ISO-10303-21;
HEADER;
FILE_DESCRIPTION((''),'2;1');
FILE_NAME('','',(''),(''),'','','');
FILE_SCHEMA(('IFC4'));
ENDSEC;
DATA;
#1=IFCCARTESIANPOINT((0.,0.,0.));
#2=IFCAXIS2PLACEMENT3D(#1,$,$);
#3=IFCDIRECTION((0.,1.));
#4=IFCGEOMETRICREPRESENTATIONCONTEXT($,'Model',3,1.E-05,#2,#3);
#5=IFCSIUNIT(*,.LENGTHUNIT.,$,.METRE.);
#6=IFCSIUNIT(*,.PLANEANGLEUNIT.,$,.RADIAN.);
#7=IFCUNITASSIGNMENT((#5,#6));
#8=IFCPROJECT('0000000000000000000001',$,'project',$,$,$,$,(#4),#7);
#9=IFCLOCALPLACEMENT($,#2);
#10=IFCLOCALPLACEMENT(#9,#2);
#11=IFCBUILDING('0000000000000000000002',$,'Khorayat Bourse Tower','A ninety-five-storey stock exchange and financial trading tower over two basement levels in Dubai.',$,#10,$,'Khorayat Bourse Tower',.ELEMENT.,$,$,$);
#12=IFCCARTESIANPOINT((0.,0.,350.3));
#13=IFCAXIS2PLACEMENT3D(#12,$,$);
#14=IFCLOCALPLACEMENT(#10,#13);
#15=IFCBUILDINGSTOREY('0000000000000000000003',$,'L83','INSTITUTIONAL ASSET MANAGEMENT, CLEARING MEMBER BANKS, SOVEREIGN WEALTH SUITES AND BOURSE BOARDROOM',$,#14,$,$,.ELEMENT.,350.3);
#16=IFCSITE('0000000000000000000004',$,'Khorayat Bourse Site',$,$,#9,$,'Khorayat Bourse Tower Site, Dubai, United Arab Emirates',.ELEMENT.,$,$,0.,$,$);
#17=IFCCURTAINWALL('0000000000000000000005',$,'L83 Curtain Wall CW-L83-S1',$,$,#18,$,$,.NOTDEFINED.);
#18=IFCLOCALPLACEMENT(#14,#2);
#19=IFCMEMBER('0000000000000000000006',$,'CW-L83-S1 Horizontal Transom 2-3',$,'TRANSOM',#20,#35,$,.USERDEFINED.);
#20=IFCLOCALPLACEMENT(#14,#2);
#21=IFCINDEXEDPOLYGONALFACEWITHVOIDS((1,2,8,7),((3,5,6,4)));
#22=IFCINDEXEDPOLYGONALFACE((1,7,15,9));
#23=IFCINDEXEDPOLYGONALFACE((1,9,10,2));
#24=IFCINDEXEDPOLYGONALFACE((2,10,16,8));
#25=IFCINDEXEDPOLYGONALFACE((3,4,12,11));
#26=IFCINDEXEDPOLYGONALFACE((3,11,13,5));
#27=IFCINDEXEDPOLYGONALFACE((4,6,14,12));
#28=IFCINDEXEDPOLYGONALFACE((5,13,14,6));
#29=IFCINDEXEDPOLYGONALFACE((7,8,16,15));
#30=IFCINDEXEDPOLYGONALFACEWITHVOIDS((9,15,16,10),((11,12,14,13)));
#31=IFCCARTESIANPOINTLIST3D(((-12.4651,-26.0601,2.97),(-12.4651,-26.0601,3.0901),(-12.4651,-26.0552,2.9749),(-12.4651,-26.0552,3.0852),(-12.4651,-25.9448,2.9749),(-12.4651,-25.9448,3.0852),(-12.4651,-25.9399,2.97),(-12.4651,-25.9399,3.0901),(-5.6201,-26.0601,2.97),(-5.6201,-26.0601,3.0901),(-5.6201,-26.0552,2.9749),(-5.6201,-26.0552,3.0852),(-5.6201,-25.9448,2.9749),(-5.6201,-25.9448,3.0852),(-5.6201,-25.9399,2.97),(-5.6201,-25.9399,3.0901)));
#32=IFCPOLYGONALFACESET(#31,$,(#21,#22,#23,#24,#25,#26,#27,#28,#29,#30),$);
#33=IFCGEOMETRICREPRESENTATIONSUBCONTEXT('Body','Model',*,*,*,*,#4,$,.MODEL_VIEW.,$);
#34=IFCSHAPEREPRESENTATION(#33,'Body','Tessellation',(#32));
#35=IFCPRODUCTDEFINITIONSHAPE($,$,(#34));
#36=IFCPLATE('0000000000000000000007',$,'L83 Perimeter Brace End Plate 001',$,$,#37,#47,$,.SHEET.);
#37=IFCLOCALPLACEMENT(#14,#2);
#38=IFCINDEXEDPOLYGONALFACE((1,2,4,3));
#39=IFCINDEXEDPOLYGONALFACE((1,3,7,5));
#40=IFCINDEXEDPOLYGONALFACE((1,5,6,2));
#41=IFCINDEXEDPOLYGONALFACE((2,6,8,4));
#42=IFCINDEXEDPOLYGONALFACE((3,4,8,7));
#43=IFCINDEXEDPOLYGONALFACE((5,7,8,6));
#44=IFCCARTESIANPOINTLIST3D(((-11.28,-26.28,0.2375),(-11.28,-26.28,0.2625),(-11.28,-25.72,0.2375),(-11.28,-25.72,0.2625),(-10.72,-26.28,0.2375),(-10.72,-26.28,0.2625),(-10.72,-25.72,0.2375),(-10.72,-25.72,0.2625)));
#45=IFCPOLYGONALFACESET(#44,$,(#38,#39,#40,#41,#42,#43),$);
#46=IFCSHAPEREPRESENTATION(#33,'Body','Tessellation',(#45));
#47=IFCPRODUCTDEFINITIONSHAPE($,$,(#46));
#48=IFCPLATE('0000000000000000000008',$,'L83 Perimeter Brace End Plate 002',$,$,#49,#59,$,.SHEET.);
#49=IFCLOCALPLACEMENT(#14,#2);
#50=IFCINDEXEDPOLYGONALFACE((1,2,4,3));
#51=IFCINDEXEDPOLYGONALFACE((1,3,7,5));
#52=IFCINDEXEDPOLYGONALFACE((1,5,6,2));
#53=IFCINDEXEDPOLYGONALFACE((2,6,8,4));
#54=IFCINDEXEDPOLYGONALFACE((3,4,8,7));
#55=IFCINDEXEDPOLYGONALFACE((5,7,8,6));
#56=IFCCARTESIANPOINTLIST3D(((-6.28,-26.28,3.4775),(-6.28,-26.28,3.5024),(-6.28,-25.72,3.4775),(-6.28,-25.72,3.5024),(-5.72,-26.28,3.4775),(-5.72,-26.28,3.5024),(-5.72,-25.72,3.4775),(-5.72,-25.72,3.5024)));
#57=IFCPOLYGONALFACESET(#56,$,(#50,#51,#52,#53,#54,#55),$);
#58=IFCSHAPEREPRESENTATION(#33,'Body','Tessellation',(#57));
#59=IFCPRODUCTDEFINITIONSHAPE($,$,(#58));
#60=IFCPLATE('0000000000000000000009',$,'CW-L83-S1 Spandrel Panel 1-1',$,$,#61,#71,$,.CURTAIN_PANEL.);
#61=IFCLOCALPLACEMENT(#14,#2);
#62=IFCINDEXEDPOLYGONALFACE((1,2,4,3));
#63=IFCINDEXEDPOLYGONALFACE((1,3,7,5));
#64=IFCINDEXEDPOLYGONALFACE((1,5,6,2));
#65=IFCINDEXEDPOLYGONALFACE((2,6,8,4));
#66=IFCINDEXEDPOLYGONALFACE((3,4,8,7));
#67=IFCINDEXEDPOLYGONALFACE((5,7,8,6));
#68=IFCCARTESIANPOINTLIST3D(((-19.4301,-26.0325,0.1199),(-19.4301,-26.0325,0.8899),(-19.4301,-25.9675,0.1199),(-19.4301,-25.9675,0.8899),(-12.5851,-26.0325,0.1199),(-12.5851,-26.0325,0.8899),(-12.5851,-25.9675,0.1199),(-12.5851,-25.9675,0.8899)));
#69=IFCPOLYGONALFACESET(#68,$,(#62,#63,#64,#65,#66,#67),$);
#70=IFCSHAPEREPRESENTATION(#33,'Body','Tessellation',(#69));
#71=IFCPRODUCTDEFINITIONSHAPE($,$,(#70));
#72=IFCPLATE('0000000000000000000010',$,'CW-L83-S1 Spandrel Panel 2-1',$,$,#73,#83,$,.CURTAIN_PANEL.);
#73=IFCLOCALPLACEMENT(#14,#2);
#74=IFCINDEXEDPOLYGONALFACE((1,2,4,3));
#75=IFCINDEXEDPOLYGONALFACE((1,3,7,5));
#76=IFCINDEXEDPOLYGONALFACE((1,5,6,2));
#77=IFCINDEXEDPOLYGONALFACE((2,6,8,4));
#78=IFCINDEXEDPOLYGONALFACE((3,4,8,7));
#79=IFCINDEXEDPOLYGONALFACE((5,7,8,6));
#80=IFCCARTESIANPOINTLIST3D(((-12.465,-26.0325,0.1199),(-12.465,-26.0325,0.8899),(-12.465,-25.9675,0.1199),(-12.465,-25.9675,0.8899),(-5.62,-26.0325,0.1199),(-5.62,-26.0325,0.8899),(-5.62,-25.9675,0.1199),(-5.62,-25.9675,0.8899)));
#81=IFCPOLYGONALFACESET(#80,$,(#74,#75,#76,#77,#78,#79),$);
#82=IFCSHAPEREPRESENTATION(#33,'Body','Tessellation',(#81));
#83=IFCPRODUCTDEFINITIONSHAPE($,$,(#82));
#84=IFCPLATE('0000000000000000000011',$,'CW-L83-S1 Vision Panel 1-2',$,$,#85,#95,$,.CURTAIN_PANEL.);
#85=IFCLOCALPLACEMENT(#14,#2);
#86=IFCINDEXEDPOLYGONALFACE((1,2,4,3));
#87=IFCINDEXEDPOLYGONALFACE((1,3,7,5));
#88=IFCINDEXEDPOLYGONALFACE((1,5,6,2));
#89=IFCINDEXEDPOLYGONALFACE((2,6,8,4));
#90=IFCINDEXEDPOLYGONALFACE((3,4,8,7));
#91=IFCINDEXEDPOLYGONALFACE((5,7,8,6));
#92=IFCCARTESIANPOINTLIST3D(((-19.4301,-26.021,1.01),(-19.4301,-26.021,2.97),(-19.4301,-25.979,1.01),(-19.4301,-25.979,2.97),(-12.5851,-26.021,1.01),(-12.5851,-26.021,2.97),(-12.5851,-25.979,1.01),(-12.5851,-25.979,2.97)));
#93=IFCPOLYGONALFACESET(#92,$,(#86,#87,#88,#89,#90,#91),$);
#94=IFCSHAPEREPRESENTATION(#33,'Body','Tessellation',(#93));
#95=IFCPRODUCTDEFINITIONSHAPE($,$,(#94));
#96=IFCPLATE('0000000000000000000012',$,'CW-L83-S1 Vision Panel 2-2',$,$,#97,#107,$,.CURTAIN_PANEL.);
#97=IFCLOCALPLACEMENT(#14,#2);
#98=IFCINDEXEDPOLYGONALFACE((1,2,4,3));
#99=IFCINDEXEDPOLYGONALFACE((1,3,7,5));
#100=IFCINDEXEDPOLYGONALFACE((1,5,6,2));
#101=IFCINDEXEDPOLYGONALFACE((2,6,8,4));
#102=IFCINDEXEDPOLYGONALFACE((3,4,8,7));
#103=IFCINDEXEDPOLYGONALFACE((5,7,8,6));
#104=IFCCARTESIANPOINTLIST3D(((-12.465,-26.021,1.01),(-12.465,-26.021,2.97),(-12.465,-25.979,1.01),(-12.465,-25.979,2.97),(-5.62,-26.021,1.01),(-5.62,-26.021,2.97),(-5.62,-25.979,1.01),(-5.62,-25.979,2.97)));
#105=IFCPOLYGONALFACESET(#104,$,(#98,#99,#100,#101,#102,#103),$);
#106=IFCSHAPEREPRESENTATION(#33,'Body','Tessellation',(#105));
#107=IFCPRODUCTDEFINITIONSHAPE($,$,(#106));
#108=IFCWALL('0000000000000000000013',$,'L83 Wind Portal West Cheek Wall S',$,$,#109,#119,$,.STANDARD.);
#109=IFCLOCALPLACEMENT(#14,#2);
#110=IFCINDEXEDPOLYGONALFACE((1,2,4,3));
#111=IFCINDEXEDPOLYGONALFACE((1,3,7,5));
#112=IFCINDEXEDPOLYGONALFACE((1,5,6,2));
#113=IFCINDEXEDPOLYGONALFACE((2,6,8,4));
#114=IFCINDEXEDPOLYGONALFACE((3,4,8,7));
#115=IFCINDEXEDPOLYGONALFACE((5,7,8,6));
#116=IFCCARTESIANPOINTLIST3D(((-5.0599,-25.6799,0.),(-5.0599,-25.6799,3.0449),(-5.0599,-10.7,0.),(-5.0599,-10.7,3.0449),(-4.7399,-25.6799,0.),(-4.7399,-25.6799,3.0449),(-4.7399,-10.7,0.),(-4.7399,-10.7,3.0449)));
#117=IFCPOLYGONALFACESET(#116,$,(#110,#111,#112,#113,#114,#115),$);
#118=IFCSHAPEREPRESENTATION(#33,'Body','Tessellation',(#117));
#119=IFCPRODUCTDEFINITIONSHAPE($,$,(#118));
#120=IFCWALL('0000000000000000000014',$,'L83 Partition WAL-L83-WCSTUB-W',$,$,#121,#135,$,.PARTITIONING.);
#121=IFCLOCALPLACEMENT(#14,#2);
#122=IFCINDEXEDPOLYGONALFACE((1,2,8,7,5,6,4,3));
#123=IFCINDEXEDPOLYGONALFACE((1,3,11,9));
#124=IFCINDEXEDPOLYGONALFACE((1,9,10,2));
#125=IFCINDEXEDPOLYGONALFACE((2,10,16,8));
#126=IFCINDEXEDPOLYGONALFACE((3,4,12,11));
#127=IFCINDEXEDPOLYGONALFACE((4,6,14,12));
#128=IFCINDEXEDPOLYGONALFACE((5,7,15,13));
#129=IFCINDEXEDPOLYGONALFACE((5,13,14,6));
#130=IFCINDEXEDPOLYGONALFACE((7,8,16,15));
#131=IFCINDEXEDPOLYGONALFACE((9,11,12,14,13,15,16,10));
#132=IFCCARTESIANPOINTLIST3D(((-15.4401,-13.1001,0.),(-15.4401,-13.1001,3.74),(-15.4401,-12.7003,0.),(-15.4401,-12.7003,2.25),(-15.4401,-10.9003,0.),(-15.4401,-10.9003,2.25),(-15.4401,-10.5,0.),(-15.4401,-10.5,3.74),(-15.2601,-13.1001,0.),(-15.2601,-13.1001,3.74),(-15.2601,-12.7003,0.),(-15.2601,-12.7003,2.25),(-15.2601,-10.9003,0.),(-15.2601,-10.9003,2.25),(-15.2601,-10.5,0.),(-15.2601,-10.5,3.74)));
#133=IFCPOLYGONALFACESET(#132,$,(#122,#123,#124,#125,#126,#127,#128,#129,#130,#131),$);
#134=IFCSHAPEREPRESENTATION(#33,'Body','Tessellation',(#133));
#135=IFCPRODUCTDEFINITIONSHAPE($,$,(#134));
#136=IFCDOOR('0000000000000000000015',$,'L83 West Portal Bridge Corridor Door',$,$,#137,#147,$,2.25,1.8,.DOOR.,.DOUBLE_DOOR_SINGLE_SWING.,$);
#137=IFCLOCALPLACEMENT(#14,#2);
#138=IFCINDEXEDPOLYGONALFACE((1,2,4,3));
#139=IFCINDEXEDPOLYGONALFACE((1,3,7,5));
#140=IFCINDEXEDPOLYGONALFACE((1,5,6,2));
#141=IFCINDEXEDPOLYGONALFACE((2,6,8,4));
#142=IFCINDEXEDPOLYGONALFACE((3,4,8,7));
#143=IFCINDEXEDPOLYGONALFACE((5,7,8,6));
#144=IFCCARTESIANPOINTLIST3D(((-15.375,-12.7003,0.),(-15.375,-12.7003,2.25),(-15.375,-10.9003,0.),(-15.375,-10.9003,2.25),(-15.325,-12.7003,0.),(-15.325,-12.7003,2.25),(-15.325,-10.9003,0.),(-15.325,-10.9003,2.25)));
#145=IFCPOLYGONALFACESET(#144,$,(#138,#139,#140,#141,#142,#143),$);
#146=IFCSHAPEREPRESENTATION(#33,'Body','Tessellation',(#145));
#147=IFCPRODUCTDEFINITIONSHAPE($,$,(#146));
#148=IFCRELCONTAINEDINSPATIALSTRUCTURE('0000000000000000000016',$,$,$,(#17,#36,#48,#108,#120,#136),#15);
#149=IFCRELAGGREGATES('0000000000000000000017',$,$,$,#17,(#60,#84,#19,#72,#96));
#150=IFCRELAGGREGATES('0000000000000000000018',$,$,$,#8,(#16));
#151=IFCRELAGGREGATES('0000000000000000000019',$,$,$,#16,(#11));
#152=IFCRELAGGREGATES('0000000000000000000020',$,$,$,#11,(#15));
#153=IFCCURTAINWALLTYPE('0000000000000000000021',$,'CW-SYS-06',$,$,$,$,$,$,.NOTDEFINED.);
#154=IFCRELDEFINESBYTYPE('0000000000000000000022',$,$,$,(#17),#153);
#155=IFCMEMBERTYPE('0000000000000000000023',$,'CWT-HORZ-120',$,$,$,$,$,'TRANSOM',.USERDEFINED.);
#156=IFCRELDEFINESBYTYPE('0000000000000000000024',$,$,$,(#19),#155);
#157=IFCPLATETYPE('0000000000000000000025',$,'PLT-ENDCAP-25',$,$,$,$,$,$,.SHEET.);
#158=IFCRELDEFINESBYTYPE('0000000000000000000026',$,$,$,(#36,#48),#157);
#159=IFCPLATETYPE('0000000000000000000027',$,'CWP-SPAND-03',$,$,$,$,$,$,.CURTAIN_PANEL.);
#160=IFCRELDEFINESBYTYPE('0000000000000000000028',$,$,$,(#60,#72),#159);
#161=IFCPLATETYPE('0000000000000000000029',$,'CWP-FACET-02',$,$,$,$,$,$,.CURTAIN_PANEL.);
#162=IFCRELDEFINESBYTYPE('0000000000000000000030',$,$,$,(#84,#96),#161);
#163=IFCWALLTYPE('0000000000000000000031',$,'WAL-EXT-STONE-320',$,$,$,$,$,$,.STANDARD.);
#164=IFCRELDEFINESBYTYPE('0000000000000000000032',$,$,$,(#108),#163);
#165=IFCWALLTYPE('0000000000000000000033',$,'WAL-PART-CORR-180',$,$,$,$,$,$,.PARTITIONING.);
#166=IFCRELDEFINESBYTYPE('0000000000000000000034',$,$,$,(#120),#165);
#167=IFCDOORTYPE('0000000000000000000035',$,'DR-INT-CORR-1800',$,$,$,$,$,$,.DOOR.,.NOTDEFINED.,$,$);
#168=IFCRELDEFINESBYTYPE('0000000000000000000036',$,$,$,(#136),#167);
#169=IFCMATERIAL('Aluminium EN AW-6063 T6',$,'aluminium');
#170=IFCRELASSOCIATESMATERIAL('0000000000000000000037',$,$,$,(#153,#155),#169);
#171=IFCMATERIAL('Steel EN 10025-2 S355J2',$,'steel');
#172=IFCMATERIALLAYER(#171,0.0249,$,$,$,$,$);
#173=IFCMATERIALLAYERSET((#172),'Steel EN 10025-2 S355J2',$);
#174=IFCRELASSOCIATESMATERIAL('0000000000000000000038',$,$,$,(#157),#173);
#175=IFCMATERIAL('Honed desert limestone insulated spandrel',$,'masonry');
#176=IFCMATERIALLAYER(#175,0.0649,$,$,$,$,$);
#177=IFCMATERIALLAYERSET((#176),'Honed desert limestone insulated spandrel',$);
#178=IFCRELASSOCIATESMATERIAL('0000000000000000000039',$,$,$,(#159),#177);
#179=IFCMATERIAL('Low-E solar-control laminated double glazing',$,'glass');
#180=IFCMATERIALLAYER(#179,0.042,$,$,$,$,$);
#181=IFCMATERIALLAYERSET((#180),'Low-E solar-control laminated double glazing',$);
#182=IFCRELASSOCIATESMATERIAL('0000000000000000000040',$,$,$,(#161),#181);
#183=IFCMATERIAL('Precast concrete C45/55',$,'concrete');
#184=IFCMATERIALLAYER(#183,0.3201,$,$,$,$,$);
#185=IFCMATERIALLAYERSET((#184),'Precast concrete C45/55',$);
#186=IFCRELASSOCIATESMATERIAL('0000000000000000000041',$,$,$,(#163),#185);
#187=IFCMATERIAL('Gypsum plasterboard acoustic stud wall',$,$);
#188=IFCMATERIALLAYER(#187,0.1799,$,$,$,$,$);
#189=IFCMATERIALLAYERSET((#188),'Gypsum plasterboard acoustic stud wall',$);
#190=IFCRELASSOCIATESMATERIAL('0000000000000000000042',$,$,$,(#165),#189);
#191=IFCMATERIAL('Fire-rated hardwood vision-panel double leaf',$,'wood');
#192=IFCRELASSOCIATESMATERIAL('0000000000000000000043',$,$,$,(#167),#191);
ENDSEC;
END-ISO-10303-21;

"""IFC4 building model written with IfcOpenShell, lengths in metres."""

from ifc_helpers import new_model, si_unit, direction, frame, frame_2d, origin, origin_2d, place, context, subcontext, project, spatial, rectangle, hollow_rectangle, extrude, source, transform, mapped, material, layer, layer_set, material_profile, profile_set, type_object, element, fill, aggregate, save


model = new_model("IFC4")

# Units and contexts
model_context = context("Model", 3, precision=1e-05, world=origin(), true_north=direction((0.0, 1.0)))
body_context = subcontext(model_context, "Body", "Model", "MODEL_VIEW")
ifc_project = project(units=[si_unit("LENGTHUNIT", "METRE"), si_unit("PLANEANGLEUNIT", "RADIAN")], contexts=[model_context])

# Site, building, storey
site_placement = place(None, origin())
site = spatial("IfcSite", under=ifc_project, at=site_placement, Name="Khorayat Bourse Site", LongName="Khorayat Bourse Tower Site, Dubai, United Arab Emirates", CompositionType="ELEMENT", RefElevation=0.0)
building_placement = place(site_placement, origin())
building = spatial("IfcBuilding", under=site, at=building_placement, Name="Khorayat Bourse Tower", Description="A ninety-five-storey stock exchange and financial trading tower over two basement levels in Dubai.", LongName="Khorayat Bourse Tower", CompositionType="ELEMENT")
storey_placement = place(building_placement, frame((0.0, 0.0, 350.3)))
storey = spatial("IfcBuildingStorey", under=building, at=storey_placement, Name="L83", Description="INSTITUTIONAL ASSET MANAGEMENT, CLEARING MEMBER BANKS, SOVEREIGN WEALTH SUITES AND BOURSE BOARDROOM", CompositionType="ELEMENT", Elevation=350.3)

# Shared definitions
ifc_material_1 = material(Name="Steel EN 10025-2 S355J2", Category="steel")

# Curtain wall, member
ifc_material_2 = material(Name="Aluminium EN AW-6063 T6", Category="aluminium")
curtain_wall_type = type_object("IfcCurtainWallType", Name="CW-SYS-06", PredefinedType="NOTDEFINED", material=ifc_material_2)
curtain_wall_placement = place(storey_placement, origin())
curtain_wall = element("IfcCurtainWall", 1, at=curtain_wall_placement, inside=storey, type_object=curtain_wall_type, Name="L83 Curtain Wall CW-L83-S1", PredefinedType="NOTDEFINED")
ifc_material_profile_1 = material_profile(ifc_material_2, hollow_rectangle(XDim=0.1201, YDim=0.1201, WallThickness=0.0049, at=origin_2d()), Name="ALU 120x120x5")
ifc_profile_set_1 = profile_set([ifc_material_profile_1], Name="Aluminium EN AW-6063 T6")
member_type_1 = type_object("IfcMemberType", Name="CWT-HORZ-120", ElementType="TRANSOM", PredefinedType="USERDEFINED", material=ifc_profile_set_1)
shared_shape_1 = source(origin(), body_context, "Body", "SweptSolid", [
    extrude(hollow_rectangle(XDim=0.1201, YDim=0.1201, WallThickness=0.0049, at=origin_2d()), origin(), (0.0, 0.0, 1.0), 6.845),
])
member_1_placement = place(storey_placement, frame((-12.4651, -26.0, 3.03), z_axis=(1.0, 0.0, 0.0), x_axis=(0.0, 1.0, 0.0)))
member_1 = element("IfcMember", 2, at=member_1_placement, type_object=member_type_1, Name="CW-L83-S1 Horizontal Transom 2-3", ObjectType="TRANSOM", PredefinedType="USERDEFINED", context=body_context, shape_type="MappedRepresentation", body=[
    mapped(shared_shape_1, transform((0.0, 0.0, 0.0), scale=1.0)),
])

# Plates
ifc_layer_1 = layer(ifc_material_1, 0.0249)
ifc_layer_set_1 = layer_set([ifc_layer_1], Name="Steel EN 10025-2 S355J2")
plate_type_1 = type_object("IfcPlateType", Name="PLT-ENDCAP-25", PredefinedType="SHEET", material=ifc_layer_set_1)
shared_shape_2 = source(origin(), body_context, "Body", "SweptSolid", [
    extrude(rectangle(XDim=0.5601, YDim=0.5601, at=origin_2d()), origin(), (0.0, 0.0, 1.0), 0.0249),
])
for number, where, z_axis, x_axis, name in (
    (3, (-11.0, -26.0, 0.2375), (0.0, 0.0, 1.0), (1.0, 0.0, 0.0), "L83 Perimeter Brace End Plate 001"),
    (4, (-6.0, -26.0, 3.4775), (0.0, 0.0, 1.0), (1.0, 0.0, 0.0), "L83 Perimeter Brace End Plate 002"),
):
    element("IfcPlate", number, at=place(storey_placement, frame(where, z_axis=z_axis, x_axis=x_axis)), inside=storey, type_object=plate_type_1, Name=name, PredefinedType="SHEET", context=body_context, shape_type="MappedRepresentation", body=[
        mapped(shared_shape_2, transform((0.0, 0.0, 0.0), scale=1.0)),
    ])

# Plates
ifc_material_3 = material(Name="Honed desert limestone insulated spandrel", Category="masonry")
ifc_layer_2 = layer(ifc_material_3, 0.0649)
ifc_layer_set_2 = layer_set([ifc_layer_2], Name="Honed desert limestone insulated spandrel")
plate_type_2 = type_object("IfcPlateType", Name="CWP-SPAND-03", PredefinedType="CURTAIN_PANEL", material=ifc_layer_set_2)
shared_shape_3 = source(origin(), body_context, "Body", "SweptSolid", [
    extrude(rectangle(XDim=6.845, YDim=0.0649, at=origin_2d()), origin(), (0.0, 0.0, 1.0), 0.77),
])
plate_1_placement = place(storey_placement, frame((-16.0076, -26.0, 0.1199), z_axis=(0.0, 0.0, 1.0), x_axis=(1.0, 0.0, 0.0)))
plate_1 = element("IfcPlate", 5, at=plate_1_placement, type_object=plate_type_2, Name="CW-L83-S1 Spandrel Panel 1-1", PredefinedType="CURTAIN_PANEL", context=body_context, shape_type="MappedRepresentation", body=[
    mapped(shared_shape_3, transform((0.0, 0.0, 0.0), scale=1.0)),
])
plate_2_placement = place(storey_placement, frame((-9.0425, -26.0, 0.1199), z_axis=(0.0, 0.0, 1.0), x_axis=(1.0, 0.0, 0.0)))
plate_2 = element("IfcPlate", 6, at=plate_2_placement, type_object=plate_type_2, Name="CW-L83-S1 Spandrel Panel 2-1", PredefinedType="CURTAIN_PANEL", context=body_context, shape_type="MappedRepresentation", body=[
    mapped(shared_shape_3, transform((0.0, 0.0, 0.0), scale=1.0)),
])
ifc_material_4 = material(Name="Low-E solar-control laminated double glazing", Category="glass")
ifc_layer_3 = layer(ifc_material_4, 0.042)
ifc_layer_set_3 = layer_set([ifc_layer_3], Name="Low-E solar-control laminated double glazing")
plate_type_3 = type_object("IfcPlateType", Name="CWP-FACET-02", PredefinedType="CURTAIN_PANEL", material=ifc_layer_set_3)
shared_shape_4 = source(origin(), body_context, "Body", "SweptSolid", [
    extrude(rectangle(XDim=6.845, YDim=0.042, at=origin_2d()), origin(), (0.0, 0.0, 1.0), 1.96),
])
plate_3_placement = place(storey_placement, frame((-16.0076, -26.0, 1.01), z_axis=(0.0, 0.0, 1.0), x_axis=(1.0, 0.0, 0.0)))
plate_3 = element("IfcPlate", 7, at=plate_3_placement, type_object=plate_type_3, Name="CW-L83-S1 Vision Panel 1-2", PredefinedType="CURTAIN_PANEL", context=body_context, shape_type="MappedRepresentation", body=[
    mapped(shared_shape_4, transform((0.0, 0.0, 0.0), scale=1.0)),
])
plate_4_placement = place(storey_placement, frame((-9.0425, -26.0, 1.01), z_axis=(0.0, 0.0, 1.0), x_axis=(1.0, 0.0, 0.0)))
plate_4 = element("IfcPlate", 8, at=plate_4_placement, type_object=plate_type_3, Name="CW-L83-S1 Vision Panel 2-2", PredefinedType="CURTAIN_PANEL", context=body_context, shape_type="MappedRepresentation", body=[
    mapped(shared_shape_4, transform((0.0, 0.0, 0.0), scale=1.0)),
])
aggregate(curtain_wall, [plate_1, plate_3, member_1, plate_2, plate_4])

# Wall
ifc_material_5 = material(Name="Precast concrete C45/55", Category="concrete")
ifc_layer_4 = layer(ifc_material_5, 0.3201)
ifc_layer_set_4 = layer_set([ifc_layer_4], Name="Precast concrete C45/55")
wall_type_1 = type_object("IfcWallType", Name="WAL-EXT-STONE-320", PredefinedType="STANDARD", material=ifc_layer_set_4)
shared_shape_5 = source(origin(), body_context, "Body", "SweptSolid", [
    extrude(rectangle(XDim=14.98, YDim=0.3201, at=frame_2d((7.49, 0.0))), origin(), (0.0, 0.0, 1.0), 3.0449),
])
wall_1_placement = place(storey_placement, frame((-4.8999, -25.6799, 0.0), z_axis=(0.0, 0.0, 1.0), x_axis=(0.0, 1.0, 0.0)))
element("IfcWall", 9, at=wall_1_placement, inside=storey, type_object=wall_type_1, Name="L83 Wind Portal West Cheek Wall S", PredefinedType="STANDARD", context=body_context, shape_type="MappedRepresentation", body=[
    mapped(shared_shape_5, transform((0.0, 0.0, 0.0), scale=1.0)),
])

# Wall, opening, door
ifc_material_6 = material(Name="Gypsum plasterboard acoustic stud wall")
ifc_layer_5 = layer(ifc_material_6, 0.1799)
ifc_layer_set_5 = layer_set([ifc_layer_5], Name="Gypsum plasterboard acoustic stud wall")
wall_type_2 = type_object("IfcWallType", Name="WAL-PART-CORR-180", PredefinedType="PARTITIONING", material=ifc_layer_set_5)
shared_shape_6 = source(origin(), body_context, "Body", "SweptSolid", [
    extrude(rectangle(XDim=2.6001, YDim=0.1799, at=frame_2d((1.3, 0.0))), origin(), (0.0, 0.0, 1.0), 3.74),
])
wall_2_placement = place(storey_placement, frame((-15.3501, -13.1001, 0.0), z_axis=(0.0, 0.0, 1.0), x_axis=(0.0, 1.0, 0.0)))
wall_2 = element("IfcWall", 10, at=wall_2_placement, inside=storey, type_object=wall_type_2, Name="L83 Partition WAL-L83-WCSTUB-W", PredefinedType="PARTITIONING", context=body_context, shape_type="MappedRepresentation", body=[
    mapped(shared_shape_6, transform((0.0, 0.0, 0.0), scale=1.0)),
])
shared_shape_7 = source(origin(), body_context, "Body", "SweptSolid", [
    extrude(rectangle(XDim=1.8, YDim=2.25, at=frame_2d((0.8999, 1.125))), frame((0.0, 0.0999, 0.0), z_axis=(0.0, -1.0, 0.0), x_axis=(1.0, 0.0, 0.0)), (0.0, 0.0, 1.0), 0.2),
])
opening_1_placement = place(wall_2_placement, frame((0.3999, 0.0, 0.0)))
opening_1 = element("IfcOpeningElement", 11, at=opening_1_placement, cuts=wall_2, PredefinedType="OPENING", context=body_context, shape_type="MappedRepresentation", body=[
    mapped(shared_shape_7, transform((0.0, 0.0, 0.0), scale=1.0)),
])
ifc_material_7 = material(Name="Fire-rated hardwood vision-panel double leaf", Category="wood")
door_type_1 = type_object("IfcDoorType", Name="DR-INT-CORR-1800", OperationType="NOTDEFINED", PredefinedType="DOOR", material=ifc_material_7)
shared_shape_8 = source(origin(), body_context, "Body", "SweptSolid", [
    extrude(rectangle(XDim=1.8, YDim=2.25, at=frame_2d((0.8999, 1.125))), frame((0.0, 0.0249, 0.0), z_axis=(0.0, -1.0, 0.0), x_axis=(1.0, 0.0, 0.0)), (0.0, 0.0, 1.0), 0.05),
])
door_1_placement = place(opening_1_placement, origin())
door_1 = element("IfcDoor", 12, at=door_1_placement, inside=storey, type_object=door_type_1, Name="L83 West Portal Bridge Corridor Door", OperationType="DOUBLE_DOOR_SINGLE_SWING", OverallHeight=2.25, OverallWidth=1.8, PredefinedType="DOOR", context=body_context, shape_type="MappedRepresentation", body=[
    mapped(shared_shape_8, transform((0.0, 0.0, 0.0), scale=1.0)),
])
fill(opening_1, door_1)

save(model, "model.ifc")
